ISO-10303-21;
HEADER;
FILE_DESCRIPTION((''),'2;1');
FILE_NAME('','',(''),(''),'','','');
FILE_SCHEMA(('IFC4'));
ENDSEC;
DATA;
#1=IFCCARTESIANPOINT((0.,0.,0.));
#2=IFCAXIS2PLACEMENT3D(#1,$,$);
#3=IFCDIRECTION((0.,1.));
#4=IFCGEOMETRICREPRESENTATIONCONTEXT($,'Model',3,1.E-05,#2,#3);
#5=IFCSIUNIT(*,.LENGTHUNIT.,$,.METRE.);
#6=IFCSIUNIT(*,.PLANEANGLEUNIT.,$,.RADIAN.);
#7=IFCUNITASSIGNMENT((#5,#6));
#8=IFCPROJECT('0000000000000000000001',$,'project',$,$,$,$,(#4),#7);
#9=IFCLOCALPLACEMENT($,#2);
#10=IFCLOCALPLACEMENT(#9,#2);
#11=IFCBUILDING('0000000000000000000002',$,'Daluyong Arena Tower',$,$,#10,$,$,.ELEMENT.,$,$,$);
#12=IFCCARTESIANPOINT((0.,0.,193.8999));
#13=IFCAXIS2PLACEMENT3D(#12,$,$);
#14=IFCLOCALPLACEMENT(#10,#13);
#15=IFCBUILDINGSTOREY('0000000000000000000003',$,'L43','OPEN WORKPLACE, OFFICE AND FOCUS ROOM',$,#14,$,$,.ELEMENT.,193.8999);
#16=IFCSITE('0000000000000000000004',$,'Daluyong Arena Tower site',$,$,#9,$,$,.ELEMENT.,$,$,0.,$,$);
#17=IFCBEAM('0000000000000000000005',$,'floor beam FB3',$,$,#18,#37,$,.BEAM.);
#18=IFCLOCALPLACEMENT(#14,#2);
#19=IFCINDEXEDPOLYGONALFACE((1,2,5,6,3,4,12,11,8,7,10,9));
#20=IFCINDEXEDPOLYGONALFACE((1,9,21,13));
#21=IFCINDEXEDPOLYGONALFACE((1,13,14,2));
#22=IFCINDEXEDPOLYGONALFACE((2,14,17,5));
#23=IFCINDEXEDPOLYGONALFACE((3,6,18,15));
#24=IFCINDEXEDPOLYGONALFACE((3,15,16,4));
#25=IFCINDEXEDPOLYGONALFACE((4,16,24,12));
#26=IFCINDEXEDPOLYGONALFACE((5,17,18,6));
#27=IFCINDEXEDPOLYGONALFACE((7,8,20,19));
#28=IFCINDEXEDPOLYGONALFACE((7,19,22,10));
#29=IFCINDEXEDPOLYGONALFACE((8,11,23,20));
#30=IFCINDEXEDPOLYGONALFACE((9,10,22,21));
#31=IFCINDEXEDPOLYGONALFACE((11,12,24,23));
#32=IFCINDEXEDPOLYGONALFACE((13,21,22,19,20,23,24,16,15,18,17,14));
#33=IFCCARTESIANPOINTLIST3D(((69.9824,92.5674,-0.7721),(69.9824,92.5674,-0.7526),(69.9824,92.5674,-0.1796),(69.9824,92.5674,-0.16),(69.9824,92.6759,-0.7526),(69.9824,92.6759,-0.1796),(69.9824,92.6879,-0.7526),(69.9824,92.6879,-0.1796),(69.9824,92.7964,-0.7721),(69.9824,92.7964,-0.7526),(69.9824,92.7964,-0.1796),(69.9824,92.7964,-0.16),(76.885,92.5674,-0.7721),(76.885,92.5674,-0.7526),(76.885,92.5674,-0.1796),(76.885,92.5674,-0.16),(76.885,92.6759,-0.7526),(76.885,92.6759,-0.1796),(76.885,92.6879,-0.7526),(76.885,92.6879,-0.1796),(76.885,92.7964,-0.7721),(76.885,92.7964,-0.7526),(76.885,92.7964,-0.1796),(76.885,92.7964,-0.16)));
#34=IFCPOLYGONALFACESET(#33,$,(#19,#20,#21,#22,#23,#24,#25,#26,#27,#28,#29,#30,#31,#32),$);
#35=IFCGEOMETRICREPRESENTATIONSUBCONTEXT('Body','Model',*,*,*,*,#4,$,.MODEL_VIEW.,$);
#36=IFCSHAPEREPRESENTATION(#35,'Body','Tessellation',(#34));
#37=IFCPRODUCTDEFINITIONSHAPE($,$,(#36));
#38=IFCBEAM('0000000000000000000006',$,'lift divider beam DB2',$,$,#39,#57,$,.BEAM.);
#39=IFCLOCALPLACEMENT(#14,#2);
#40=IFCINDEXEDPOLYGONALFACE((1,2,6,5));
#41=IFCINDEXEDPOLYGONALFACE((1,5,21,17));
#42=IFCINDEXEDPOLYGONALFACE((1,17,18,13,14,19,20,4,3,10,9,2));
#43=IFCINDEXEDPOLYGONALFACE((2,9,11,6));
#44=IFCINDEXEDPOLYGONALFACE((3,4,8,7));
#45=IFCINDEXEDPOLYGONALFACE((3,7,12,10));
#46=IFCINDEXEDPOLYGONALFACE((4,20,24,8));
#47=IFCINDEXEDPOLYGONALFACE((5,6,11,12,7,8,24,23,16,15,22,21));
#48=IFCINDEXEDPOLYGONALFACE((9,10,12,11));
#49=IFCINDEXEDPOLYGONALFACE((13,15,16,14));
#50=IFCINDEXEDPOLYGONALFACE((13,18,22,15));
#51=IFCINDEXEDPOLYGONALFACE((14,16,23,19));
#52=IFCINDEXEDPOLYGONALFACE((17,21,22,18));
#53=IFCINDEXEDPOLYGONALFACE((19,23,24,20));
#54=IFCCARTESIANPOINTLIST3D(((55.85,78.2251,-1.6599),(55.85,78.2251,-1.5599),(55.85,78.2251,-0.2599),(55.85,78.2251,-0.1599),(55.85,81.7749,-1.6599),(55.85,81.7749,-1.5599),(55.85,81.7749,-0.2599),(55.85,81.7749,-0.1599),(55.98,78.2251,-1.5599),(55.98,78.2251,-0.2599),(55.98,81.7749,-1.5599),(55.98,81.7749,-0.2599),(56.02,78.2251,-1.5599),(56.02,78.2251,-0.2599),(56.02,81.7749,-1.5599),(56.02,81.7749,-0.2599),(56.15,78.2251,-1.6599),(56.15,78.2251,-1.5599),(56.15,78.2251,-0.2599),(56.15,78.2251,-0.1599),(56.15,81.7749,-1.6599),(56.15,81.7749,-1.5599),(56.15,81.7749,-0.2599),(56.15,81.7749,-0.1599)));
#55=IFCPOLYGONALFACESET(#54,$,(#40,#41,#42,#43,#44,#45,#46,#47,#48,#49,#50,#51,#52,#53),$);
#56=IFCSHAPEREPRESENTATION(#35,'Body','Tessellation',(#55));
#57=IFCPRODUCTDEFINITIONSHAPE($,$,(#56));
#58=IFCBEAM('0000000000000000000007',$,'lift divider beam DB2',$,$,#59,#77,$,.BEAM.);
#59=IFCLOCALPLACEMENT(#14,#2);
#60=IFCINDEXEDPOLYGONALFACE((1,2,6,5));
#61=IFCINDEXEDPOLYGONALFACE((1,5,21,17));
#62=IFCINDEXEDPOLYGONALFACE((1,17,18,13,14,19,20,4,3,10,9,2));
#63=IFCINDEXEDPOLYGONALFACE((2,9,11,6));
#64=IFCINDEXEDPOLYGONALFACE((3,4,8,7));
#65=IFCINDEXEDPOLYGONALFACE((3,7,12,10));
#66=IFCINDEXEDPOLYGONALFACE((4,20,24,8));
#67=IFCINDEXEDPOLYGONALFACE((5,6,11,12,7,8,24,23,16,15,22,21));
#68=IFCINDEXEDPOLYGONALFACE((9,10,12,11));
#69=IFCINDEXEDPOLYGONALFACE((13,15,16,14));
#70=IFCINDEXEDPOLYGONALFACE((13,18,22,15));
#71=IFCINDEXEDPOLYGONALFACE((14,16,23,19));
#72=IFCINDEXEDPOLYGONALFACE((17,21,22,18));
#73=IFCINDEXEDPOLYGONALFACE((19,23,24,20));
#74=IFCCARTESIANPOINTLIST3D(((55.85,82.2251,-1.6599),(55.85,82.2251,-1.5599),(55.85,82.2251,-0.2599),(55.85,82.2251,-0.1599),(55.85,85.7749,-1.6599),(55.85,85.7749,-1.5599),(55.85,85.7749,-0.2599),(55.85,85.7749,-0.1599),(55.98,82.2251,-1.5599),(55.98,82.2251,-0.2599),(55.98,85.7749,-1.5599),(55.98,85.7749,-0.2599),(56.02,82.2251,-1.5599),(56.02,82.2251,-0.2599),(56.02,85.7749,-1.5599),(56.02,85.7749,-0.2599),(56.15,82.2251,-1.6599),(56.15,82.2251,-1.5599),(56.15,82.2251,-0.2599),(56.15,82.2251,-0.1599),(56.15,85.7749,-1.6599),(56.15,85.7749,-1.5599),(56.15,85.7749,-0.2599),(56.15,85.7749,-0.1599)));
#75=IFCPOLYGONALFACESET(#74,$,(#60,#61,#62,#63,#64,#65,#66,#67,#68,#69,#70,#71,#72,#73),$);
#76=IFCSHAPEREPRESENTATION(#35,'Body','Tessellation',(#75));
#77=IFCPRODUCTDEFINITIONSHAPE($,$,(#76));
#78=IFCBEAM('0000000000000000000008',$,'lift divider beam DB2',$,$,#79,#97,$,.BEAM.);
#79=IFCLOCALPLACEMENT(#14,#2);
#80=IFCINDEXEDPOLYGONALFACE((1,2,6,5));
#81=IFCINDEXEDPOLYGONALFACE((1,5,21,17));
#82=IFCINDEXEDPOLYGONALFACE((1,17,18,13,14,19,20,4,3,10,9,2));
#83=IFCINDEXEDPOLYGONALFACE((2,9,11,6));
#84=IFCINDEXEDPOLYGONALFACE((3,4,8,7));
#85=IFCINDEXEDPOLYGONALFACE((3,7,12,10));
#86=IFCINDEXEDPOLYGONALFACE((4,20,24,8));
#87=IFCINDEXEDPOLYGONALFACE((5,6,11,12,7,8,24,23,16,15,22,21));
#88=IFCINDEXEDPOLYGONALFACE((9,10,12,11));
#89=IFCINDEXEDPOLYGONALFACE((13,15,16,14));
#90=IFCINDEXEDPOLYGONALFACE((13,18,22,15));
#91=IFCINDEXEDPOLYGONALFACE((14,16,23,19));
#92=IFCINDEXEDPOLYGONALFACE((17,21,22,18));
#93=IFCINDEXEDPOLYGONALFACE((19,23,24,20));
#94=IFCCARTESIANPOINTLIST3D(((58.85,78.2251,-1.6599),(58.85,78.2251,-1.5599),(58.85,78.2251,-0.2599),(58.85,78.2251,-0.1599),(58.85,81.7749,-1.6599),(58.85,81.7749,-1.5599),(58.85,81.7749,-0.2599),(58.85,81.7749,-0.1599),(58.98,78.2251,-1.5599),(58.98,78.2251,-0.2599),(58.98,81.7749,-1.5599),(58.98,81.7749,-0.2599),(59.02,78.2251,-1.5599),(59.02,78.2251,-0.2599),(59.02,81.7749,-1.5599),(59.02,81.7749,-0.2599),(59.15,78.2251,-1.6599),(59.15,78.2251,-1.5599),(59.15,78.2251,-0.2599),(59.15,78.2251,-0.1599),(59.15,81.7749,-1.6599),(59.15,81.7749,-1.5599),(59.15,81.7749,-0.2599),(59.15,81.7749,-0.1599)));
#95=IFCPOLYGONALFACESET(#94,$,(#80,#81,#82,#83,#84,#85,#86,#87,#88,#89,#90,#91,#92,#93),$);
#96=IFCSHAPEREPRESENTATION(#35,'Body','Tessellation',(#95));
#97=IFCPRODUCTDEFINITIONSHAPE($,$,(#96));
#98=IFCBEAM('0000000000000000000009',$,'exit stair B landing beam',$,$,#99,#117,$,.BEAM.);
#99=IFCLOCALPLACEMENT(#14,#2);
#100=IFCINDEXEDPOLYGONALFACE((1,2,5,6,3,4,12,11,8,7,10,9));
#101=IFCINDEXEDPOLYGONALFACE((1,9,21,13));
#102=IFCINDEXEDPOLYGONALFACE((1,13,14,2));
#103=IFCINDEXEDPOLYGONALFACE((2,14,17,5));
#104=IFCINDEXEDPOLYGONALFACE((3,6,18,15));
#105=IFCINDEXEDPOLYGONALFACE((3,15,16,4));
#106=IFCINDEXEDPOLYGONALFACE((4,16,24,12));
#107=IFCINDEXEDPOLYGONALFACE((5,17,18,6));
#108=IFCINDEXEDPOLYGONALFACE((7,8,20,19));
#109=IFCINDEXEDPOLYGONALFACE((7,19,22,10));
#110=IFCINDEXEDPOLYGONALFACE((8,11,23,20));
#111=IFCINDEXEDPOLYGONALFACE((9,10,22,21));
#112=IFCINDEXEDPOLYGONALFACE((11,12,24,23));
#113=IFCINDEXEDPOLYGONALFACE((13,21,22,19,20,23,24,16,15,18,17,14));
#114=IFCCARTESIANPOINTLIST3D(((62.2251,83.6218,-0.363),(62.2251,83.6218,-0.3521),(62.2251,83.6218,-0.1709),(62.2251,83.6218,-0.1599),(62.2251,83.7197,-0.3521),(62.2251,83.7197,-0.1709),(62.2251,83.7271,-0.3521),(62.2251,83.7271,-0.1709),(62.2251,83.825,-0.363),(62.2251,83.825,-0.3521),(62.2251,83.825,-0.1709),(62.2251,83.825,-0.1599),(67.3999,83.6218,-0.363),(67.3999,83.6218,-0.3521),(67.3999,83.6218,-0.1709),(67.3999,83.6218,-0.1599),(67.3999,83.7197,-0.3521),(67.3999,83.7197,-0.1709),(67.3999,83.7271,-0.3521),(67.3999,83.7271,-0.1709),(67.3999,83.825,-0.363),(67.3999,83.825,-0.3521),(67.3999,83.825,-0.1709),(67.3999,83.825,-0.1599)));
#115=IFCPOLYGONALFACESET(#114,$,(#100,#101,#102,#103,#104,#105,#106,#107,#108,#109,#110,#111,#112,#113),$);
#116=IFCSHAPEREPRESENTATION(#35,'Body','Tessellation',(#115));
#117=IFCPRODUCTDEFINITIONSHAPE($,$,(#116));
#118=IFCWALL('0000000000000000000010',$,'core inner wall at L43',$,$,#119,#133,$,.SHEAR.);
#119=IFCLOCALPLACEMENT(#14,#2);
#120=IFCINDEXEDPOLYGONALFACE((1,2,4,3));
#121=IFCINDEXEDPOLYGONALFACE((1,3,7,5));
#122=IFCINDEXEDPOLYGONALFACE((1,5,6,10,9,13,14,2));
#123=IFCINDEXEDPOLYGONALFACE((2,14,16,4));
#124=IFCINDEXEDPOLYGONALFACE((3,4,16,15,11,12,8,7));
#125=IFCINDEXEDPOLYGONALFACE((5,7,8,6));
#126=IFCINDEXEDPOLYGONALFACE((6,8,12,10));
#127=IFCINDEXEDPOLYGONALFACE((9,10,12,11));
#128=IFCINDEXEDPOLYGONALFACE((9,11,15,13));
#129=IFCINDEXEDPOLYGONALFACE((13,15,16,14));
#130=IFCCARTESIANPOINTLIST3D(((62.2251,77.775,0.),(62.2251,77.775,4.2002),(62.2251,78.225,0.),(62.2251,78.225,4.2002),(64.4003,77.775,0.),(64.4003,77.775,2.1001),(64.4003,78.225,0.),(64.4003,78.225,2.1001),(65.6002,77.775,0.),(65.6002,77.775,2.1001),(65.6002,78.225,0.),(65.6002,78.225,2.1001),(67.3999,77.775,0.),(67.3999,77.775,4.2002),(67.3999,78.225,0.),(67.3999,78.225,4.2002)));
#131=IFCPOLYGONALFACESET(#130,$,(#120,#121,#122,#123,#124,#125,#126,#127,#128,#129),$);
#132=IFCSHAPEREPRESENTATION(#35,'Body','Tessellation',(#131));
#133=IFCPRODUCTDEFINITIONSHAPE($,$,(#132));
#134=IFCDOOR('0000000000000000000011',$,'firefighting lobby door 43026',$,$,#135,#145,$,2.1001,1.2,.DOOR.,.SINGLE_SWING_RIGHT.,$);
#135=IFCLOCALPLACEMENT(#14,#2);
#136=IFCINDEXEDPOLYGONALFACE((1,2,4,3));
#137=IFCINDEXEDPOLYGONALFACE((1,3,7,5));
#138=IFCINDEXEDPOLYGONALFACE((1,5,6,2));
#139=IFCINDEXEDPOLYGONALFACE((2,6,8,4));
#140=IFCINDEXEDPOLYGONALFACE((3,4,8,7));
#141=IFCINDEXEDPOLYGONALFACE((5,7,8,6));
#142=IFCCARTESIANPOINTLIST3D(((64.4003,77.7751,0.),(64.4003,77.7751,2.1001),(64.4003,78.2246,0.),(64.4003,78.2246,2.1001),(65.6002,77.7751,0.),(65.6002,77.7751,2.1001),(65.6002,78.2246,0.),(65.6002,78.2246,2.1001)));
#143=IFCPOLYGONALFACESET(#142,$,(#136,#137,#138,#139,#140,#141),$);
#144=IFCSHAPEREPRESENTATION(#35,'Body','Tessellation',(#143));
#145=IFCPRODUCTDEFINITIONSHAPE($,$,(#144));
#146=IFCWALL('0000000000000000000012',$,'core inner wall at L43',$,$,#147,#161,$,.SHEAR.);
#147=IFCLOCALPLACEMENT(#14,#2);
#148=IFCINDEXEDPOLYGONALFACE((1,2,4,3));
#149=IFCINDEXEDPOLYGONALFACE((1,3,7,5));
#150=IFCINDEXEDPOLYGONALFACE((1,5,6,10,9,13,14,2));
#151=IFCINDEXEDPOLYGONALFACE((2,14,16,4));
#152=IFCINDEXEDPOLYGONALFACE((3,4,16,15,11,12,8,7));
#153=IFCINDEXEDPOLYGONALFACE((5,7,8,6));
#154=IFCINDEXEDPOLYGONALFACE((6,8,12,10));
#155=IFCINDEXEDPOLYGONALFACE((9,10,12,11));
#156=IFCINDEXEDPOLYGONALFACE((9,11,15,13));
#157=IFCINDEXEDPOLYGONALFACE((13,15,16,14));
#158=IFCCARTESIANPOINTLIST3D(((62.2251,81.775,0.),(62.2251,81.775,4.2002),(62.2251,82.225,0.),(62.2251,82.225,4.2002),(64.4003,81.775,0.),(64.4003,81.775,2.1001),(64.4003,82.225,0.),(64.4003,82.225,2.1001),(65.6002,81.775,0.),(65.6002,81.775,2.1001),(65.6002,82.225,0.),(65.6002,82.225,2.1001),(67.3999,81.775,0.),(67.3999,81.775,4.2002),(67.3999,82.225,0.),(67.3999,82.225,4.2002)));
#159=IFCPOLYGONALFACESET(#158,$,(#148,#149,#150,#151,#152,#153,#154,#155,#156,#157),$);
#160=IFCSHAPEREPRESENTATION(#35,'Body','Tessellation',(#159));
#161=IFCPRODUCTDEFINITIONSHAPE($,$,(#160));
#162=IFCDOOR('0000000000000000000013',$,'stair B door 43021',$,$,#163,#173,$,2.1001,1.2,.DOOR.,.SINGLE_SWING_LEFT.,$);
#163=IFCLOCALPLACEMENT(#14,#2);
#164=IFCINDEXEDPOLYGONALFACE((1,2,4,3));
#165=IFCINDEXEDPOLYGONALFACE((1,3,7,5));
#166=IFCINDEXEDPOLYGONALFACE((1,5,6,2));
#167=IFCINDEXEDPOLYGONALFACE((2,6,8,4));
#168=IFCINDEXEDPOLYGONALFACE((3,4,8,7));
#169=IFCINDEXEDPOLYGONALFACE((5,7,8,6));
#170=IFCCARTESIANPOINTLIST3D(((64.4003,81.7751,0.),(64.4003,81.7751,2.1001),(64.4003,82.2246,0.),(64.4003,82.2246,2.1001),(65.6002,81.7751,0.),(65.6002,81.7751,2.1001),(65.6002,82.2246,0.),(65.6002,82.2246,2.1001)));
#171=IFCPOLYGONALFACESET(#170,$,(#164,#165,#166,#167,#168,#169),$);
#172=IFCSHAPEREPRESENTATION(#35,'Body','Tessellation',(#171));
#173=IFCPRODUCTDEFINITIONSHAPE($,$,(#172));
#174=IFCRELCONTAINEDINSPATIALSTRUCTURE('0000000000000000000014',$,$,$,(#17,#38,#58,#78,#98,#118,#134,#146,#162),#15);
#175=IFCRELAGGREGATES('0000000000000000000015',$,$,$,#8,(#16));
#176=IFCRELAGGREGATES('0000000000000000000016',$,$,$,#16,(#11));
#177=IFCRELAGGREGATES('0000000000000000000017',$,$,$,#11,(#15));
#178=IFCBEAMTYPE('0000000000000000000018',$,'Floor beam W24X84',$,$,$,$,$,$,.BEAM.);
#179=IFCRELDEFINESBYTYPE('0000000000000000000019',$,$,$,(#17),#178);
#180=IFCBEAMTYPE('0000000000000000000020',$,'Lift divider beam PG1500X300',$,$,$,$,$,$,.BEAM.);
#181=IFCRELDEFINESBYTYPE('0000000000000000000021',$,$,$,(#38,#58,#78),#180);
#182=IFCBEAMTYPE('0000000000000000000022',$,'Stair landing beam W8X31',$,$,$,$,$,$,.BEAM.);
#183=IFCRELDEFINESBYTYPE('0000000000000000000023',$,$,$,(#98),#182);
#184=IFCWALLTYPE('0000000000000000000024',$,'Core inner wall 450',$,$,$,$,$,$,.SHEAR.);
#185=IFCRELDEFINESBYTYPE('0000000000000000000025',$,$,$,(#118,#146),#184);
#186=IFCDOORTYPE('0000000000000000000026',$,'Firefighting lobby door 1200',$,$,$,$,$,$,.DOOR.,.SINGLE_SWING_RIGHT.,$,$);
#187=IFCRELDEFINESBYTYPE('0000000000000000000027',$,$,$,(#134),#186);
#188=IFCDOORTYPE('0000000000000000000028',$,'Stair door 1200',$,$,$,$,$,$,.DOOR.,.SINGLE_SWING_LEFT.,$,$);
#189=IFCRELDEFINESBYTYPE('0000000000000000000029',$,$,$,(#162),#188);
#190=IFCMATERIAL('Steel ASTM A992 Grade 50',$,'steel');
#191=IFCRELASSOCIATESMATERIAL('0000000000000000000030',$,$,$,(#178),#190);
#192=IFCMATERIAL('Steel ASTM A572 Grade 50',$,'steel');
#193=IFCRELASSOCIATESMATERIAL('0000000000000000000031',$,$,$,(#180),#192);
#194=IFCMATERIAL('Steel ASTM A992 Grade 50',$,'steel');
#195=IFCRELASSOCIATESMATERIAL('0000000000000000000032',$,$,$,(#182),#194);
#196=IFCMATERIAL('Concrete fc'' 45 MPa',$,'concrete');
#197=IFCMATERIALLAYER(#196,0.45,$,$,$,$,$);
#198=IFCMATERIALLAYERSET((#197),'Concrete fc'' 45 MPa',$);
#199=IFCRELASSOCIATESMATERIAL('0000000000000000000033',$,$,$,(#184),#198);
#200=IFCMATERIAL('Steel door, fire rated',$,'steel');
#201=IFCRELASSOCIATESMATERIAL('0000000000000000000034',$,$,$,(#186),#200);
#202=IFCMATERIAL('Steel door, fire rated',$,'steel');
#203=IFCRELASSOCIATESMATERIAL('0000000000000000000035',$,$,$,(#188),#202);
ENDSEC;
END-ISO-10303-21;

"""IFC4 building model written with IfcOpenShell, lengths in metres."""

from ifc_helpers import new_model, si_unit, direction, frame, frame_2d, origin, origin_2d, place, context, subcontext, project, spatial, rectangle, i_section, extrude, material, layer, layer_set, material_profile, profile_set, type_object, element, fill, save


model = new_model("IFC4")

# Units and contexts
model_context = context("Model", 3, precision=1e-05, world=origin(), true_north=direction((0.0, 1.0)))
body_context = subcontext(model_context, "Body", "Model", "MODEL_VIEW")
ifc_project = project(units=[si_unit("LENGTHUNIT", "METRE"), si_unit("PLANEANGLEUNIT", "RADIAN")], contexts=[model_context])

# Site, building, storey
site_placement = place(None, origin())
site = spatial("IfcSite", under=ifc_project, at=site_placement, Name="Daluyong Arena Tower site", CompositionType="ELEMENT", RefElevation=0.0)
building_placement = place(site_placement, origin())
building = spatial("IfcBuilding", under=site, at=building_placement, Name="Daluyong Arena Tower", CompositionType="ELEMENT")
storey_placement = place(building_placement, frame((0.0, 0.0, 193.8999)))
storey = spatial("IfcBuildingStorey", under=building, at=storey_placement, Name="L43", Description="OPEN WORKPLACE, OFFICE AND FOCUS ROOM", CompositionType="ELEMENT", Elevation=193.8999)

# Beams
ifc_material_1 = material(Name="Steel ASTM A992 Grade 50", Category="steel")
ifc_material_profile_1 = material_profile(ifc_material_1, i_section(OverallWidth=0.229, OverallDepth=0.6121, WebThickness=0.012, FlangeThickness=0.0195, at=origin_2d()))
ifc_profile_set_1 = profile_set([ifc_material_profile_1], Name="Steel ASTM A992 Grade 50")
beam_type_1 = type_object("IfcBeamType", Name="Floor beam W24X84", PredefinedType="BEAM", material=ifc_profile_set_1)
beam_1_placement = place(storey_placement, frame((76.885, 92.6819, -0.4661), z_axis=(-1.0, 0.0, 0.0), x_axis=(0.0, -1.0, 0.0)))
element("IfcBeam", 1, at=beam_1_placement, inside=storey, type_object=beam_type_1, Name="floor beam FB3", PredefinedType="BEAM", context=body_context, shape_type="SweptSolid", body=[
    extrude(i_section(OverallWidth=0.229, OverallDepth=0.6121, WebThickness=0.012, FlangeThickness=0.0195, at=origin_2d()), origin(), (0.0, 0.0, 1.0), 6.9026),
])
ifc_material_2 = material(Name="Steel ASTM A572 Grade 50", Category="steel")
ifc_material_profile_2 = material_profile(ifc_material_2, i_section(OverallWidth=0.3, OverallDepth=1.5, WebThickness=0.04, FlangeThickness=0.1, at=origin_2d()))
ifc_profile_set_2 = profile_set([ifc_material_profile_2], Name="Steel ASTM A572 Grade 50")
beam_type_2 = type_object("IfcBeamType", Name="Lift divider beam PG1500X300", PredefinedType="BEAM", material=ifc_profile_set_2)
for number, where, z_axis, x_axis, name in (
    (2, (56.0, 78.2251, -0.9099), (0.0, 1.0, 0.0), (-1.0, 0.0, 0.0), "lift divider beam DB2"),
    (3, (56.0, 82.2251, -0.9099), (0.0, 1.0, 0.0), (-1.0, 0.0, 0.0), "lift divider beam DB2"),
    (4, (59.0, 78.2251, -0.9099), (0.0, 1.0, 0.0), (-1.0, 0.0, 0.0), "lift divider beam DB2"),
):
    element("IfcBeam", number, at=place(storey_placement, frame(where, z_axis=z_axis, x_axis=x_axis)), inside=storey, type_object=beam_type_2, Name=name, PredefinedType="BEAM", context=body_context, shape_type="SweptSolid", body=[
        extrude(i_section(OverallWidth=0.3, OverallDepth=1.5, WebThickness=0.04, FlangeThickness=0.1, at=origin_2d()), origin(), (0.0, 0.0, 1.0), 3.5498),
    ])
ifc_material_3 = material(Name="Steel ASTM A992 Grade 50", Category="steel")
ifc_material_profile_3 = material_profile(ifc_material_3, i_section(OverallWidth=0.2031, OverallDepth=0.2031, WebThickness=0.0073, FlangeThickness=0.011, at=origin_2d()))
ifc_profile_set_3 = profile_set([ifc_material_profile_3], Name="Steel ASTM A992 Grade 50")
beam_type_3 = type_object("IfcBeamType", Name="Stair landing beam W8X31", PredefinedType="BEAM", material=ifc_profile_set_3)
beam_2_placement = place(storey_placement, frame((62.2251, 83.7234, -0.2615), z_axis=(1.0, 0.0, 0.0), x_axis=(0.0, 1.0, 0.0)))
element("IfcBeam", 5, at=beam_2_placement, inside=storey, type_object=beam_type_3, Name="exit stair B landing beam", PredefinedType="BEAM", context=body_context, shape_type="SweptSolid", body=[
    extrude(i_section(OverallWidth=0.2031, OverallDepth=0.2031, WebThickness=0.0073, FlangeThickness=0.011, at=origin_2d()), origin(), (0.0, 0.0, 1.0), 5.1748),
])

# Walls, openings, doors
ifc_material_4 = material(Name="Concrete fc' 45 MPa", Category="concrete")
ifc_layer_1 = layer(ifc_material_4, 0.45)
ifc_layer_set_1 = layer_set([ifc_layer_1], Name="Concrete fc' 45 MPa")
wall_type_1 = type_object("IfcWallType", Name="Core inner wall 450", PredefinedType="SHEAR", material=ifc_layer_set_1)
wall_1_placement = place(storey_placement, frame((62.2251, 78.0, 0.0), z_axis=(0.0, 0.0, 1.0), x_axis=(1.0, 0.0, 0.0)))
wall_1 = element("IfcWall", 6, at=wall_1_placement, inside=storey, type_object=wall_type_1, Name="core inner wall at L43", PredefinedType="SHEAR", context=body_context, shape_type="SweptSolid", body=[
    extrude(rectangle(XDim=5.1748, YDim=0.45, at=frame_2d((2.5874, 0.0))), origin(), (0.0, 0.0, 1.0), 4.2002),
])
opening_1_placement = place(wall_1_placement, frame((2.175, 0.0, 0.0)))
opening_1 = element("IfcOpeningElement", 7, at=opening_1_placement, cuts=wall_1, PredefinedType="OPENING", context=body_context, shape_type="SweptSolid", body=[
    extrude(rectangle(XDim=1.2, YDim=2.1001, at=frame_2d((0.6001, 1.05))), frame((0.0, 0.2349, 0.0), z_axis=(0.0, -1.0, 0.0), x_axis=(1.0, 0.0, 0.0)), (0.0, 0.0, 1.0), 0.47),
])
ifc_material_5 = material(Name="Steel door, fire rated", Category="steel")
door_type_1 = type_object("IfcDoorType", Name="Firefighting lobby door 1200", OperationType="SINGLE_SWING_RIGHT", PredefinedType="DOOR", material=ifc_material_5)
door_1_placement = place(opening_1_placement, origin())
door_1 = element("IfcDoor", 8, at=door_1_placement, inside=storey, type_object=door_type_1, Name="firefighting lobby door 43026", OperationType="SINGLE_SWING_RIGHT", OverallHeight=2.1001, OverallWidth=1.2, PredefinedType="DOOR", context=body_context, shape_type="SweptSolid", body=[
    extrude(rectangle(XDim=1.2, YDim=2.1001, at=frame_2d((0.6001, 1.05))), frame((0.0, 0.2246, 0.0), z_axis=(0.0, -1.0, 0.0), x_axis=(1.0, 0.0, 0.0)), (0.0, 0.0, 1.0), 0.4495),
])
fill(opening_1, door_1)
wall_2_placement = place(storey_placement, frame((62.2251, 82.0, 0.0), z_axis=(0.0, 0.0, 1.0), x_axis=(1.0, 0.0, 0.0)))
wall_2 = element("IfcWall", 9, at=wall_2_placement, inside=storey, type_object=wall_type_1, Name="core inner wall at L43", PredefinedType="SHEAR", context=body_context, shape_type="SweptSolid", body=[
    extrude(rectangle(XDim=5.1748, YDim=0.45, at=frame_2d((2.5874, 0.0))), origin(), (0.0, 0.0, 1.0), 4.2002),
])
opening_2_placement = place(wall_2_placement, frame((2.175, 0.0, 0.0)))
opening_2 = element("IfcOpeningElement", 10, at=opening_2_placement, cuts=wall_2, PredefinedType="OPENING", context=body_context, shape_type="SweptSolid", body=[
    extrude(rectangle(XDim=1.2, YDim=2.1001, at=frame_2d((0.6001, 1.05))), frame((0.0, 0.2349, 0.0), z_axis=(0.0, -1.0, 0.0), x_axis=(1.0, 0.0, 0.0)), (0.0, 0.0, 1.0), 0.47),
])
ifc_material_6 = material(Name="Steel door, fire rated", Category="steel")
door_type_2 = type_object("IfcDoorType", Name="Stair door 1200", OperationType="SINGLE_SWING_LEFT", PredefinedType="DOOR", material=ifc_material_6)
door_2_placement = place(opening_2_placement, origin())
door_2 = element("IfcDoor", 11, at=door_2_placement, inside=storey, type_object=door_type_2, Name="stair B door 43021", OperationType="SINGLE_SWING_LEFT", OverallHeight=2.1001, OverallWidth=1.2, PredefinedType="DOOR", context=body_context, shape_type="SweptSolid", body=[
    extrude(rectangle(XDim=1.2, YDim=2.1001, at=frame_2d((0.6001, 1.05))), frame((0.0, 0.2246, 0.0), z_axis=(0.0, -1.0, 0.0), x_axis=(1.0, 0.0, 0.0)), (0.0, 0.0, 1.0), 0.4495),
])
fill(opening_2, door_2)

save(model, "model.ifc")
